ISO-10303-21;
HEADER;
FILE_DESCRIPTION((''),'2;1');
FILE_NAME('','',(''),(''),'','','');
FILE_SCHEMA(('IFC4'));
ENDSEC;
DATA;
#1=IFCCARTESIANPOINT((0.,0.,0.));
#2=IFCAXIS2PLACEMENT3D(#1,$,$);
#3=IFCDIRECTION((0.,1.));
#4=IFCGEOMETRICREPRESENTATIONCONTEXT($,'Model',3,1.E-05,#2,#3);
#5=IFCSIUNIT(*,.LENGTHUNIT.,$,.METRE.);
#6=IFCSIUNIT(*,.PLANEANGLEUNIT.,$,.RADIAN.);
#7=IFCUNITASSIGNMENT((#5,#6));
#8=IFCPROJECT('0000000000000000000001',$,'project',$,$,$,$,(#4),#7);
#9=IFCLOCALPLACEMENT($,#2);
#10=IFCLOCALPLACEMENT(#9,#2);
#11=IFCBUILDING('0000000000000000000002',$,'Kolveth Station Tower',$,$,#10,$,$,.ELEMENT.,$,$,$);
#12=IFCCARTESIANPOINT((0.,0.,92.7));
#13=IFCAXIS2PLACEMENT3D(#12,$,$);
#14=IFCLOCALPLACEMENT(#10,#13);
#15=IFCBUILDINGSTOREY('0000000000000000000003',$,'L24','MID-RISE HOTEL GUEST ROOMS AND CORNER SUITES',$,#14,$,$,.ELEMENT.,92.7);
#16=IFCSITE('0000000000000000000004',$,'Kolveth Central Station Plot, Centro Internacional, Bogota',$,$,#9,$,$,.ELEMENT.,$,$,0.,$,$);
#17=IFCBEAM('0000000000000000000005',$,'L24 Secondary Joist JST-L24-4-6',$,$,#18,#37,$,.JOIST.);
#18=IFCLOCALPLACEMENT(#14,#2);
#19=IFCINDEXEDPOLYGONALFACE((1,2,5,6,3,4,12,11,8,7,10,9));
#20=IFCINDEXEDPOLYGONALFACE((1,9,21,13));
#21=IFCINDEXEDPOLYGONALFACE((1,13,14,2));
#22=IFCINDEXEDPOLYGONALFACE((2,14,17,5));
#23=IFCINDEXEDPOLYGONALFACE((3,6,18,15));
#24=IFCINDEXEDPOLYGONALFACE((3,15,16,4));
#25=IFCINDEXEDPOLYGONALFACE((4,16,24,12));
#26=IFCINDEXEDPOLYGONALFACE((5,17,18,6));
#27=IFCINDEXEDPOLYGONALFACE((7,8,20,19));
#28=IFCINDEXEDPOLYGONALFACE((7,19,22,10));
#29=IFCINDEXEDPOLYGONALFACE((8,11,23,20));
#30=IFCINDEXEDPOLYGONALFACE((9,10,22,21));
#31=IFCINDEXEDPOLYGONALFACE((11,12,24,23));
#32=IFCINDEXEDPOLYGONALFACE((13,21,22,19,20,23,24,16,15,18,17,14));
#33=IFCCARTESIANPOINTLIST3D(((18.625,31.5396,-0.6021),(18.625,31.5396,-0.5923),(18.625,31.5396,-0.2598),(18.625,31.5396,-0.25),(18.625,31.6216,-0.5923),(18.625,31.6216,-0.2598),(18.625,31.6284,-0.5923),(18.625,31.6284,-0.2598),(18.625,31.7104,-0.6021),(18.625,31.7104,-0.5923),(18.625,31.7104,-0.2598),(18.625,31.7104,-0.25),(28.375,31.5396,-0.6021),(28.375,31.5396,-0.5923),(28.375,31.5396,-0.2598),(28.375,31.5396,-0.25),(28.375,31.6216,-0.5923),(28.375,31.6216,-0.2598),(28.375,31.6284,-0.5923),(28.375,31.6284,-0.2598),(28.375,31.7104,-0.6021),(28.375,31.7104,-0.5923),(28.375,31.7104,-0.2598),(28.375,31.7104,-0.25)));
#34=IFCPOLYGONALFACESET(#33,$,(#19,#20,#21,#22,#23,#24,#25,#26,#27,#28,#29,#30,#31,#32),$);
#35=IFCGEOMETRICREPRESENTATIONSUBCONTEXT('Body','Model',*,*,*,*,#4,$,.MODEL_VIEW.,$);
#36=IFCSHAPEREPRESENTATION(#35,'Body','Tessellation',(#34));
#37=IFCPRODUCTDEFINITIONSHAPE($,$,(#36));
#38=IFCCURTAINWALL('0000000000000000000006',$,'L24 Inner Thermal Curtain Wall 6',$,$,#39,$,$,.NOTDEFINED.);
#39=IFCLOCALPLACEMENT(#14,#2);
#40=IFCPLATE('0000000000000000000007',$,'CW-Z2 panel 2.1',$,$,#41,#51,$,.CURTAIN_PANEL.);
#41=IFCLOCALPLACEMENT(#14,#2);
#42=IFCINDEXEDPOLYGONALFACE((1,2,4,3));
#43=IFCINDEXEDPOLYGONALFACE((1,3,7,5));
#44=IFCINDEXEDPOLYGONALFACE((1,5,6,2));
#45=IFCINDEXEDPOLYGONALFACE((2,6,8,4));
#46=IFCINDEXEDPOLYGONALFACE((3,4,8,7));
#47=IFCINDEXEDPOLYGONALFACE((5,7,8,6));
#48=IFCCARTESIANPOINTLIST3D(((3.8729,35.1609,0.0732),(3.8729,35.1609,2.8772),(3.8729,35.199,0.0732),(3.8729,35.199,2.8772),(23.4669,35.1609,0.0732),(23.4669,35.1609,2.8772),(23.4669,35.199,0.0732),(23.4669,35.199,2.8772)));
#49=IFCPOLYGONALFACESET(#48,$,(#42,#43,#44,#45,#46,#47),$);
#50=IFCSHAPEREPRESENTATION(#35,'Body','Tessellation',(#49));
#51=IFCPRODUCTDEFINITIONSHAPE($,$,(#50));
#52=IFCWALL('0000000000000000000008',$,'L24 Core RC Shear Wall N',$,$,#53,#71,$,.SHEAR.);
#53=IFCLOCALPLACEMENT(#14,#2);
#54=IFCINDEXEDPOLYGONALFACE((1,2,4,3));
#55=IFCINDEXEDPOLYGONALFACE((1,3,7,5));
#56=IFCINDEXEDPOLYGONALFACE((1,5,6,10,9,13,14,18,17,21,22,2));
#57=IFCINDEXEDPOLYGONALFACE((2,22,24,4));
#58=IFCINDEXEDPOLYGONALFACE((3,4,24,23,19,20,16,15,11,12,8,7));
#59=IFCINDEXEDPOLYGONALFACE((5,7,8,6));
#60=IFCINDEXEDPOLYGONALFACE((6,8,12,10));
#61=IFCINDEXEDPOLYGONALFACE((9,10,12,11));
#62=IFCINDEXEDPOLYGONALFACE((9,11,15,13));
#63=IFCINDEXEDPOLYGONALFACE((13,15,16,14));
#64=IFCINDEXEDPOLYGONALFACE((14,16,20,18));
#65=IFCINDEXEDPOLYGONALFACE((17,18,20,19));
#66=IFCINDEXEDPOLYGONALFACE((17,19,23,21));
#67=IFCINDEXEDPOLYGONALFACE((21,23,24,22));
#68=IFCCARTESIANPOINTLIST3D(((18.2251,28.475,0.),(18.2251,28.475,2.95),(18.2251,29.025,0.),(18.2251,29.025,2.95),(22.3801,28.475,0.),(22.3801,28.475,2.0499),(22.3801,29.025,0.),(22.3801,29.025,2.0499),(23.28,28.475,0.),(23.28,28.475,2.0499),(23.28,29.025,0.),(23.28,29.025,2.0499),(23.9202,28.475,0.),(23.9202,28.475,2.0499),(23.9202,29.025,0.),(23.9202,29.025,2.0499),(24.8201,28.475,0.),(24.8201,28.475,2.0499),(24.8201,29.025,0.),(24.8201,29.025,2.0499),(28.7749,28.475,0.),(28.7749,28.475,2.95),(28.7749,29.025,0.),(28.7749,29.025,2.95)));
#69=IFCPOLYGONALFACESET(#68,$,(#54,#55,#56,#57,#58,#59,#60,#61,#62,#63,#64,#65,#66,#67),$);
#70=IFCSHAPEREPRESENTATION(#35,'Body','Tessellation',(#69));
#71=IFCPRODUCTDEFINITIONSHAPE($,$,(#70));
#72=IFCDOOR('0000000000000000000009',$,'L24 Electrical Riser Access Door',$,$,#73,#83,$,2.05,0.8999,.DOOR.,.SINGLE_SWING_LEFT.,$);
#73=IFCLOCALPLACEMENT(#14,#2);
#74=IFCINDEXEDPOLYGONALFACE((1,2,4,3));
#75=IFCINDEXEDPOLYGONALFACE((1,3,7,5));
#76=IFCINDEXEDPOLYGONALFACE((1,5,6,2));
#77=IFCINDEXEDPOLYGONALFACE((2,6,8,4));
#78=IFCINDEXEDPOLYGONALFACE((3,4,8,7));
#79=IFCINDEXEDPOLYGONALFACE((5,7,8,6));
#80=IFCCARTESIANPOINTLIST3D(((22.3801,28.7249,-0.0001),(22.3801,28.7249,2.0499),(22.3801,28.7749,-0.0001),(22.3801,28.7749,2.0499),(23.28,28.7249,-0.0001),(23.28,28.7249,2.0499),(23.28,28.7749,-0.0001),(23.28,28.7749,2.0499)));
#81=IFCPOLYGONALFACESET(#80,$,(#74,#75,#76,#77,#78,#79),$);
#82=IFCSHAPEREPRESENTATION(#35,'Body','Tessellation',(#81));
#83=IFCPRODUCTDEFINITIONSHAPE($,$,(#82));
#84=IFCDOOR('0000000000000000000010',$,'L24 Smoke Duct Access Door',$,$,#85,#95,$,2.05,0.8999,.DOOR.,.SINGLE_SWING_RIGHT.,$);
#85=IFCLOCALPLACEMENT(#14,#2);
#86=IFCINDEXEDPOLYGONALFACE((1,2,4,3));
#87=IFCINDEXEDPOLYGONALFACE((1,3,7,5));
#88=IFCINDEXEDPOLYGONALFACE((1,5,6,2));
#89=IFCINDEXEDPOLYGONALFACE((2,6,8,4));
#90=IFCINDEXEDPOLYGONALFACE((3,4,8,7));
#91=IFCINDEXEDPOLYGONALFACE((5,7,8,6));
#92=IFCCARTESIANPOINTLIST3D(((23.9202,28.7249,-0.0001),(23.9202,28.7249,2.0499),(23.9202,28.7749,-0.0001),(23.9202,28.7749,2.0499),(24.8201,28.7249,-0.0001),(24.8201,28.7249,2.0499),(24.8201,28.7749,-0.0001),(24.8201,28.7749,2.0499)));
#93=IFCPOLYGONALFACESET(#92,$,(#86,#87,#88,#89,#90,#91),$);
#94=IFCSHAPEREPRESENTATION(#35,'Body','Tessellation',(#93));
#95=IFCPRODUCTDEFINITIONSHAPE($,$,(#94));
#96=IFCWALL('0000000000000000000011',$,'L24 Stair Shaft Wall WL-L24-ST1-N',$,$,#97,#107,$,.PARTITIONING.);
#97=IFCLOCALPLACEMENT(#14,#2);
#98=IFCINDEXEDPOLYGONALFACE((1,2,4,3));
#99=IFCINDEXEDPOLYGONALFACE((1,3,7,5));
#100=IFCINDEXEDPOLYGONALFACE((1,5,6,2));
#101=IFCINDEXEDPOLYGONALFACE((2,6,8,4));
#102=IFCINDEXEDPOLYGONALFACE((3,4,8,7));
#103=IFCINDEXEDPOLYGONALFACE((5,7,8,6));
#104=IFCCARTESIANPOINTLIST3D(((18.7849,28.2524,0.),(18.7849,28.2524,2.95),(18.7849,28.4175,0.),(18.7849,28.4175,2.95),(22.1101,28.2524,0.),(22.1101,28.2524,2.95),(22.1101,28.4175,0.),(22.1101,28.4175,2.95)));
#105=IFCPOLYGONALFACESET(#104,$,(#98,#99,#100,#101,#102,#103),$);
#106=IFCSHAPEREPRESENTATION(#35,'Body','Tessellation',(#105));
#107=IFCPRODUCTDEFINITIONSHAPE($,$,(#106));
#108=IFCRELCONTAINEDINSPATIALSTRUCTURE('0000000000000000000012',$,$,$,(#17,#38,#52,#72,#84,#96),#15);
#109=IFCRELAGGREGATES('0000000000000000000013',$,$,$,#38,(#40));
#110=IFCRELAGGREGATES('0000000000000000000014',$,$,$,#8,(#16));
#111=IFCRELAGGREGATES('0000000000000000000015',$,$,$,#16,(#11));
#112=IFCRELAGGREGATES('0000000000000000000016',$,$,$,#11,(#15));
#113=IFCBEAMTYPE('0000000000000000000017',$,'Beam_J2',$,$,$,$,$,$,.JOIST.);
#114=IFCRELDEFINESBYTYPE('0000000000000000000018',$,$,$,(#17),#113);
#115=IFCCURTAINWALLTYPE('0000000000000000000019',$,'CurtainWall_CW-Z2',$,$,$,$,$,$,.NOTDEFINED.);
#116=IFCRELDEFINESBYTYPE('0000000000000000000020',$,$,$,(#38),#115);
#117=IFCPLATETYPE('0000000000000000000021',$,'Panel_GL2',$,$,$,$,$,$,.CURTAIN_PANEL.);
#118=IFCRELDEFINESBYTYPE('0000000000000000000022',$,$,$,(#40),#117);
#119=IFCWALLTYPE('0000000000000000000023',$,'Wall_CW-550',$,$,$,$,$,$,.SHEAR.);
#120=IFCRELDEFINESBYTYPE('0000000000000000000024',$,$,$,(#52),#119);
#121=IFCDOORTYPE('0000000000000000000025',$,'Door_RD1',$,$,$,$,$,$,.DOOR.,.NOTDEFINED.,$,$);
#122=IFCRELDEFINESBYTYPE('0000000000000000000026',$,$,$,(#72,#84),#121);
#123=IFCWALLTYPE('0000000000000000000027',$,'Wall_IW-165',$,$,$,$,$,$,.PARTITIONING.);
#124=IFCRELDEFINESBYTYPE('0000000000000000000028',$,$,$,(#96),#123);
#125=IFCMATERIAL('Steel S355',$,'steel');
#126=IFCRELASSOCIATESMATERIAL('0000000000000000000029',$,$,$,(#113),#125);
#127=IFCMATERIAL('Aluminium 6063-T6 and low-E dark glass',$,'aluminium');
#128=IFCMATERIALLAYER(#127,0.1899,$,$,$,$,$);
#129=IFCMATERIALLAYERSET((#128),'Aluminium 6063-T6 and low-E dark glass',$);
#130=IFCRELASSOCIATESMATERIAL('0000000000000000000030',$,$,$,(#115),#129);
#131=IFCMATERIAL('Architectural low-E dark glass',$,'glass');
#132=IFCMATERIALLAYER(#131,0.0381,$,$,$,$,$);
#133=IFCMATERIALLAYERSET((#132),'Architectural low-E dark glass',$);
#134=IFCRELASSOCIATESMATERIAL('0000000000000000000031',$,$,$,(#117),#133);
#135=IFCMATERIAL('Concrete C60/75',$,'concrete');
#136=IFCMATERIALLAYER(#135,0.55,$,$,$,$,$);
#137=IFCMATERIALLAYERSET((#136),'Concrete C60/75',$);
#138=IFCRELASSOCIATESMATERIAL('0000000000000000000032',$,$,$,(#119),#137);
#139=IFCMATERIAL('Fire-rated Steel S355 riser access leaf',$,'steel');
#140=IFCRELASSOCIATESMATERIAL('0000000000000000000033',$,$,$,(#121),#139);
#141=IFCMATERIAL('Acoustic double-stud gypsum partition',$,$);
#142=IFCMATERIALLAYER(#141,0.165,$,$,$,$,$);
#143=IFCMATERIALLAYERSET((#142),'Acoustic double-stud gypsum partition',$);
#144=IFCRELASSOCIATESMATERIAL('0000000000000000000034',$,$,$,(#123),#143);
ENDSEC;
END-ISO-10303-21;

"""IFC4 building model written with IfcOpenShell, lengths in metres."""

from ifc_helpers import new_model, si_unit, direction, frame, frame_2d, origin, origin_2d, place, context, subcontext, project, spatial, rectangle, i_section, extrude, source, transform, mapped, material, layer, layer_set, material_profile, profile_set, type_object, element, fill, aggregate, save


model = new_model("IFC4")

# Units and contexts
model_context = context("Model", 3, precision=1e-05, world=origin(), true_north=direction((0.0, 1.0)))
body_context = subcontext(model_context, "Body", "Model", "MODEL_VIEW")
ifc_project = project(units=[si_unit("LENGTHUNIT", "METRE"), si_unit("PLANEANGLEUNIT", "RADIAN")], contexts=[model_context])

# Site, building, storey
site_placement = place(None, origin())
site = spatial("IfcSite", under=ifc_project, at=site_placement, Name="Kolveth Central Station Plot, Centro Internacional, Bogota", CompositionType="ELEMENT", RefElevation=0.0)
building_placement = place(site_placement, origin())
building = spatial("IfcBuilding", under=site, at=building_placement, Name="Kolveth Station Tower", CompositionType="ELEMENT")
storey_placement = place(building_placement, frame((0.0, 0.0, 92.7)))
storey = spatial("IfcBuildingStorey", under=building, at=storey_placement, Name="L24", Description="MID-RISE HOTEL GUEST ROOMS AND CORNER SUITES", CompositionType="ELEMENT", Elevation=92.7)

# Shared definitions
ifc_material_1 = material(Name="Steel S355", Category="steel")

# Beam
ifc_material_2 = material(Name="Concrete C60/75", Category="concrete")
ifc_material_profile_1 = material_profile(ifc_material_1, i_section(OverallWidth=0.1709, OverallDepth=0.3521, WebThickness=0.0068, FlangeThickness=0.0098, at=origin_2d()), Name="W360x44")
ifc_profile_set_1 = profile_set([ifc_material_profile_1], Name="Steel S355")
beam_type_1 = type_object("IfcBeamType", Name="Beam_J2", PredefinedType="JOIST", material=ifc_profile_set_1)
shared_shape_1 = source(origin(), body_context, "Body", "SweptSolid", [
    extrude(i_section(OverallWidth=0.1709, OverallDepth=0.3521, WebThickness=0.0068, FlangeThickness=0.0098, at=origin_2d()), origin(), (0.0, 0.0, 1.0), 9.75),
])
beam_1_placement = place(storey_placement, frame((18.625, 31.625, -0.426), z_axis=(1.0, 0.0, 0.0), x_axis=(0.0, 1.0, 0.0)))
element("IfcBeam", 1, at=beam_1_placement, inside=storey, type_object=beam_type_1, Name="L24 Secondary Joist JST-L24-4-6", PredefinedType="JOIST", context=body_context, shape_type="MappedRepresentation", body=[
    mapped(shared_shape_1, transform((0.0, 0.0, 0.0), x_axis=(1.0, 0.0, 0.0), y_axis=(0.0, 1.0, 0.0), z_axis=(0.0, 0.0, 1.0), scale=1.0)),
])

# Curtain wall, plate
ifc_material_3 = material(Name="Aluminium 6063-T6 and low-E dark glass", Category="aluminium")
ifc_layer_1 = layer(ifc_material_3, 0.1899)
ifc_layer_set_1 = layer_set([ifc_layer_1], Name="Aluminium 6063-T6 and low-E dark glass")
curtain_wall_type = type_object("IfcCurtainWallType", Name="CurtainWall_CW-Z2", PredefinedType="NOTDEFINED", material=ifc_layer_set_1)
curtain_wall_placement = place(storey_placement, origin())
curtain_wall = element("IfcCurtainWall", 2, at=curtain_wall_placement, inside=storey, type_object=curtain_wall_type, Name="L24 Inner Thermal Curtain Wall 6", PredefinedType="NOTDEFINED")
ifc_material_4 = material(Name="Architectural low-E dark glass", Category="glass")
ifc_layer_2 = layer(ifc_material_4, 0.0381)
ifc_layer_set_2 = layer_set([ifc_layer_2], Name="Architectural low-E dark glass")
plate_type = type_object("IfcPlateType", Name="Panel_GL2", PredefinedType="CURTAIN_PANEL", material=ifc_layer_set_2)
shared_shape_2 = source(origin(), body_context, "Body", "SweptSolid", [
    extrude(rectangle(XDim=19.594, YDim=0.0381, at=origin_2d()), origin(), (0.0, 0.0, 1.0), 2.804),
])
plate_placement = place(storey_placement, frame((13.6699, 35.1799, 0.0732), z_axis=(0.0, 0.0, 1.0), x_axis=(-1.0, 0.0, 0.0)))
plate = element("IfcPlate", 3, at=plate_placement, type_object=plate_type, Name="CW-Z2 panel 2.1", PredefinedType="CURTAIN_PANEL", context=body_context, shape_type="MappedRepresentation", body=[
    mapped(shared_shape_2, transform((0.0, 0.0, 0.0), x_axis=(1.0, 0.0, 0.0), y_axis=(0.0, 1.0, 0.0), z_axis=(0.0, 0.0, 1.0), scale=1.0)),
])
aggregate(curtain_wall, [plate])

# Wall, openings, doors
ifc_layer_3 = layer(ifc_material_2, 0.55)
ifc_layer_set_3 = layer_set([ifc_layer_3], Name="Concrete C60/75")
wall_type_1 = type_object("IfcWallType", Name="Wall_CW-550", PredefinedType="SHEAR", material=ifc_layer_set_3)
wall_1_placement = place(storey_placement, frame((18.2251, 28.75, 0.0), z_axis=(0.0, 0.0, 1.0), x_axis=(1.0, 0.0, 0.0)))
wall_1 = element("IfcWall", 4, at=wall_1_placement, inside=storey, type_object=wall_type_1, Name="L24 Core RC Shear Wall N", PredefinedType="SHEAR", context=body_context, shape_type="SweptSolid", body=[
    extrude(rectangle(XDim=10.5498, YDim=0.55, at=frame_2d((5.2749, 0.0))), origin(), (0.0, 0.0, 1.0), 2.95),
])
opening_1_placement = place(wall_1_placement, frame((4.155, 0.0, 0.0)))
opening_1 = element("IfcOpeningElement", 5, at=opening_1_placement, cuts=wall_1, PredefinedType="OPENING", context=body_context, shape_type="SweptSolid", body=[
    extrude(rectangle(XDim=0.8999, YDim=2.05, at=frame_2d((0.45, 1.0249))), frame((0.0, 0.2849, 0.0), z_axis=(0.0, -1.0, 0.0), x_axis=(1.0, 0.0, 0.0)), (0.0, 0.0, 1.0), 0.5701),
])
opening_2_placement = place(wall_1_placement, frame((5.6951, 0.0, 0.0)))
opening_2 = element("IfcOpeningElement", 6, at=opening_2_placement, cuts=wall_1, PredefinedType="OPENING", context=body_context, shape_type="SweptSolid", body=[
    extrude(rectangle(XDim=0.8999, YDim=2.05, at=frame_2d((0.45, 1.0249))), frame((0.0, 0.2849, 0.0), z_axis=(0.0, -1.0, 0.0), x_axis=(1.0, 0.0, 0.0)), (0.0, 0.0, 1.0), 0.5701),
])
ifc_material_5 = material(Name="Fire-rated Steel S355 riser access leaf", Category="steel")
door_type_1 = type_object("IfcDoorType", Name="Door_RD1", OperationType="NOTDEFINED", PredefinedType="DOOR", material=ifc_material_5)
door_1_placement = place(opening_1_placement, origin())
door_1 = element("IfcDoor", 7, at=door_1_placement, inside=storey, type_object=door_type_1, Name="L24 Electrical Riser Access Door", OperationType="SINGLE_SWING_LEFT", OverallHeight=2.05, OverallWidth=0.8999, PredefinedType="DOOR", context=body_context, shape_type="SweptSolid", body=[
    extrude(rectangle(XDim=0.8999, YDim=2.05, at=frame_2d((0.45, 1.0249))), frame((0.0, 0.0249, 0.0), z_axis=(0.0, -1.0, 0.0), x_axis=(1.0, 0.0, 0.0)), (0.0, 0.0, 1.0), 0.05),
])
fill(opening_1, door_1)
door_2_placement = place(opening_2_placement, origin())
door_2 = element("IfcDoor", 8, at=door_2_placement, inside=storey, type_object=door_type_1, Name="L24 Smoke Duct Access Door", OperationType="SINGLE_SWING_RIGHT", OverallHeight=2.05, OverallWidth=0.8999, PredefinedType="DOOR", context=body_context, shape_type="SweptSolid", body=[
    extrude(rectangle(XDim=0.8999, YDim=2.05, at=frame_2d((0.45, 1.0249))), frame((0.0, 0.0249, 0.0), z_axis=(0.0, -1.0, 0.0), x_axis=(1.0, 0.0, 0.0)), (0.0, 0.0, 1.0), 0.05),
])
fill(opening_2, door_2)

# Wall
ifc_material_6 = material(Name="Acoustic double-stud gypsum partition")
ifc_layer_4 = layer(ifc_material_6, 0.165)
ifc_layer_set_4 = layer_set([ifc_layer_4], Name="Acoustic double-stud gypsum partition")
wall_type_2 = type_object("IfcWallType", Name="Wall_IW-165", PredefinedType="PARTITIONING", material=ifc_layer_set_4)
wall_2_placement = place(storey_placement, frame((18.7849, 28.335, 0.0), z_axis=(0.0, 0.0, 1.0), x_axis=(1.0, 0.0, 0.0)))
element("IfcWall", 9, at=wall_2_placement, inside=storey, type_object=wall_type_2, Name="L24 Stair Shaft Wall WL-L24-ST1-N", PredefinedType="PARTITIONING", context=body_context, shape_type="SweptSolid", body=[
    extrude(rectangle(XDim=3.3252, YDim=0.165, at=frame_2d((1.6626, 0.0))), origin(), (0.0, 0.0, 1.0), 2.95),
])

save(model, "model.ifc")
